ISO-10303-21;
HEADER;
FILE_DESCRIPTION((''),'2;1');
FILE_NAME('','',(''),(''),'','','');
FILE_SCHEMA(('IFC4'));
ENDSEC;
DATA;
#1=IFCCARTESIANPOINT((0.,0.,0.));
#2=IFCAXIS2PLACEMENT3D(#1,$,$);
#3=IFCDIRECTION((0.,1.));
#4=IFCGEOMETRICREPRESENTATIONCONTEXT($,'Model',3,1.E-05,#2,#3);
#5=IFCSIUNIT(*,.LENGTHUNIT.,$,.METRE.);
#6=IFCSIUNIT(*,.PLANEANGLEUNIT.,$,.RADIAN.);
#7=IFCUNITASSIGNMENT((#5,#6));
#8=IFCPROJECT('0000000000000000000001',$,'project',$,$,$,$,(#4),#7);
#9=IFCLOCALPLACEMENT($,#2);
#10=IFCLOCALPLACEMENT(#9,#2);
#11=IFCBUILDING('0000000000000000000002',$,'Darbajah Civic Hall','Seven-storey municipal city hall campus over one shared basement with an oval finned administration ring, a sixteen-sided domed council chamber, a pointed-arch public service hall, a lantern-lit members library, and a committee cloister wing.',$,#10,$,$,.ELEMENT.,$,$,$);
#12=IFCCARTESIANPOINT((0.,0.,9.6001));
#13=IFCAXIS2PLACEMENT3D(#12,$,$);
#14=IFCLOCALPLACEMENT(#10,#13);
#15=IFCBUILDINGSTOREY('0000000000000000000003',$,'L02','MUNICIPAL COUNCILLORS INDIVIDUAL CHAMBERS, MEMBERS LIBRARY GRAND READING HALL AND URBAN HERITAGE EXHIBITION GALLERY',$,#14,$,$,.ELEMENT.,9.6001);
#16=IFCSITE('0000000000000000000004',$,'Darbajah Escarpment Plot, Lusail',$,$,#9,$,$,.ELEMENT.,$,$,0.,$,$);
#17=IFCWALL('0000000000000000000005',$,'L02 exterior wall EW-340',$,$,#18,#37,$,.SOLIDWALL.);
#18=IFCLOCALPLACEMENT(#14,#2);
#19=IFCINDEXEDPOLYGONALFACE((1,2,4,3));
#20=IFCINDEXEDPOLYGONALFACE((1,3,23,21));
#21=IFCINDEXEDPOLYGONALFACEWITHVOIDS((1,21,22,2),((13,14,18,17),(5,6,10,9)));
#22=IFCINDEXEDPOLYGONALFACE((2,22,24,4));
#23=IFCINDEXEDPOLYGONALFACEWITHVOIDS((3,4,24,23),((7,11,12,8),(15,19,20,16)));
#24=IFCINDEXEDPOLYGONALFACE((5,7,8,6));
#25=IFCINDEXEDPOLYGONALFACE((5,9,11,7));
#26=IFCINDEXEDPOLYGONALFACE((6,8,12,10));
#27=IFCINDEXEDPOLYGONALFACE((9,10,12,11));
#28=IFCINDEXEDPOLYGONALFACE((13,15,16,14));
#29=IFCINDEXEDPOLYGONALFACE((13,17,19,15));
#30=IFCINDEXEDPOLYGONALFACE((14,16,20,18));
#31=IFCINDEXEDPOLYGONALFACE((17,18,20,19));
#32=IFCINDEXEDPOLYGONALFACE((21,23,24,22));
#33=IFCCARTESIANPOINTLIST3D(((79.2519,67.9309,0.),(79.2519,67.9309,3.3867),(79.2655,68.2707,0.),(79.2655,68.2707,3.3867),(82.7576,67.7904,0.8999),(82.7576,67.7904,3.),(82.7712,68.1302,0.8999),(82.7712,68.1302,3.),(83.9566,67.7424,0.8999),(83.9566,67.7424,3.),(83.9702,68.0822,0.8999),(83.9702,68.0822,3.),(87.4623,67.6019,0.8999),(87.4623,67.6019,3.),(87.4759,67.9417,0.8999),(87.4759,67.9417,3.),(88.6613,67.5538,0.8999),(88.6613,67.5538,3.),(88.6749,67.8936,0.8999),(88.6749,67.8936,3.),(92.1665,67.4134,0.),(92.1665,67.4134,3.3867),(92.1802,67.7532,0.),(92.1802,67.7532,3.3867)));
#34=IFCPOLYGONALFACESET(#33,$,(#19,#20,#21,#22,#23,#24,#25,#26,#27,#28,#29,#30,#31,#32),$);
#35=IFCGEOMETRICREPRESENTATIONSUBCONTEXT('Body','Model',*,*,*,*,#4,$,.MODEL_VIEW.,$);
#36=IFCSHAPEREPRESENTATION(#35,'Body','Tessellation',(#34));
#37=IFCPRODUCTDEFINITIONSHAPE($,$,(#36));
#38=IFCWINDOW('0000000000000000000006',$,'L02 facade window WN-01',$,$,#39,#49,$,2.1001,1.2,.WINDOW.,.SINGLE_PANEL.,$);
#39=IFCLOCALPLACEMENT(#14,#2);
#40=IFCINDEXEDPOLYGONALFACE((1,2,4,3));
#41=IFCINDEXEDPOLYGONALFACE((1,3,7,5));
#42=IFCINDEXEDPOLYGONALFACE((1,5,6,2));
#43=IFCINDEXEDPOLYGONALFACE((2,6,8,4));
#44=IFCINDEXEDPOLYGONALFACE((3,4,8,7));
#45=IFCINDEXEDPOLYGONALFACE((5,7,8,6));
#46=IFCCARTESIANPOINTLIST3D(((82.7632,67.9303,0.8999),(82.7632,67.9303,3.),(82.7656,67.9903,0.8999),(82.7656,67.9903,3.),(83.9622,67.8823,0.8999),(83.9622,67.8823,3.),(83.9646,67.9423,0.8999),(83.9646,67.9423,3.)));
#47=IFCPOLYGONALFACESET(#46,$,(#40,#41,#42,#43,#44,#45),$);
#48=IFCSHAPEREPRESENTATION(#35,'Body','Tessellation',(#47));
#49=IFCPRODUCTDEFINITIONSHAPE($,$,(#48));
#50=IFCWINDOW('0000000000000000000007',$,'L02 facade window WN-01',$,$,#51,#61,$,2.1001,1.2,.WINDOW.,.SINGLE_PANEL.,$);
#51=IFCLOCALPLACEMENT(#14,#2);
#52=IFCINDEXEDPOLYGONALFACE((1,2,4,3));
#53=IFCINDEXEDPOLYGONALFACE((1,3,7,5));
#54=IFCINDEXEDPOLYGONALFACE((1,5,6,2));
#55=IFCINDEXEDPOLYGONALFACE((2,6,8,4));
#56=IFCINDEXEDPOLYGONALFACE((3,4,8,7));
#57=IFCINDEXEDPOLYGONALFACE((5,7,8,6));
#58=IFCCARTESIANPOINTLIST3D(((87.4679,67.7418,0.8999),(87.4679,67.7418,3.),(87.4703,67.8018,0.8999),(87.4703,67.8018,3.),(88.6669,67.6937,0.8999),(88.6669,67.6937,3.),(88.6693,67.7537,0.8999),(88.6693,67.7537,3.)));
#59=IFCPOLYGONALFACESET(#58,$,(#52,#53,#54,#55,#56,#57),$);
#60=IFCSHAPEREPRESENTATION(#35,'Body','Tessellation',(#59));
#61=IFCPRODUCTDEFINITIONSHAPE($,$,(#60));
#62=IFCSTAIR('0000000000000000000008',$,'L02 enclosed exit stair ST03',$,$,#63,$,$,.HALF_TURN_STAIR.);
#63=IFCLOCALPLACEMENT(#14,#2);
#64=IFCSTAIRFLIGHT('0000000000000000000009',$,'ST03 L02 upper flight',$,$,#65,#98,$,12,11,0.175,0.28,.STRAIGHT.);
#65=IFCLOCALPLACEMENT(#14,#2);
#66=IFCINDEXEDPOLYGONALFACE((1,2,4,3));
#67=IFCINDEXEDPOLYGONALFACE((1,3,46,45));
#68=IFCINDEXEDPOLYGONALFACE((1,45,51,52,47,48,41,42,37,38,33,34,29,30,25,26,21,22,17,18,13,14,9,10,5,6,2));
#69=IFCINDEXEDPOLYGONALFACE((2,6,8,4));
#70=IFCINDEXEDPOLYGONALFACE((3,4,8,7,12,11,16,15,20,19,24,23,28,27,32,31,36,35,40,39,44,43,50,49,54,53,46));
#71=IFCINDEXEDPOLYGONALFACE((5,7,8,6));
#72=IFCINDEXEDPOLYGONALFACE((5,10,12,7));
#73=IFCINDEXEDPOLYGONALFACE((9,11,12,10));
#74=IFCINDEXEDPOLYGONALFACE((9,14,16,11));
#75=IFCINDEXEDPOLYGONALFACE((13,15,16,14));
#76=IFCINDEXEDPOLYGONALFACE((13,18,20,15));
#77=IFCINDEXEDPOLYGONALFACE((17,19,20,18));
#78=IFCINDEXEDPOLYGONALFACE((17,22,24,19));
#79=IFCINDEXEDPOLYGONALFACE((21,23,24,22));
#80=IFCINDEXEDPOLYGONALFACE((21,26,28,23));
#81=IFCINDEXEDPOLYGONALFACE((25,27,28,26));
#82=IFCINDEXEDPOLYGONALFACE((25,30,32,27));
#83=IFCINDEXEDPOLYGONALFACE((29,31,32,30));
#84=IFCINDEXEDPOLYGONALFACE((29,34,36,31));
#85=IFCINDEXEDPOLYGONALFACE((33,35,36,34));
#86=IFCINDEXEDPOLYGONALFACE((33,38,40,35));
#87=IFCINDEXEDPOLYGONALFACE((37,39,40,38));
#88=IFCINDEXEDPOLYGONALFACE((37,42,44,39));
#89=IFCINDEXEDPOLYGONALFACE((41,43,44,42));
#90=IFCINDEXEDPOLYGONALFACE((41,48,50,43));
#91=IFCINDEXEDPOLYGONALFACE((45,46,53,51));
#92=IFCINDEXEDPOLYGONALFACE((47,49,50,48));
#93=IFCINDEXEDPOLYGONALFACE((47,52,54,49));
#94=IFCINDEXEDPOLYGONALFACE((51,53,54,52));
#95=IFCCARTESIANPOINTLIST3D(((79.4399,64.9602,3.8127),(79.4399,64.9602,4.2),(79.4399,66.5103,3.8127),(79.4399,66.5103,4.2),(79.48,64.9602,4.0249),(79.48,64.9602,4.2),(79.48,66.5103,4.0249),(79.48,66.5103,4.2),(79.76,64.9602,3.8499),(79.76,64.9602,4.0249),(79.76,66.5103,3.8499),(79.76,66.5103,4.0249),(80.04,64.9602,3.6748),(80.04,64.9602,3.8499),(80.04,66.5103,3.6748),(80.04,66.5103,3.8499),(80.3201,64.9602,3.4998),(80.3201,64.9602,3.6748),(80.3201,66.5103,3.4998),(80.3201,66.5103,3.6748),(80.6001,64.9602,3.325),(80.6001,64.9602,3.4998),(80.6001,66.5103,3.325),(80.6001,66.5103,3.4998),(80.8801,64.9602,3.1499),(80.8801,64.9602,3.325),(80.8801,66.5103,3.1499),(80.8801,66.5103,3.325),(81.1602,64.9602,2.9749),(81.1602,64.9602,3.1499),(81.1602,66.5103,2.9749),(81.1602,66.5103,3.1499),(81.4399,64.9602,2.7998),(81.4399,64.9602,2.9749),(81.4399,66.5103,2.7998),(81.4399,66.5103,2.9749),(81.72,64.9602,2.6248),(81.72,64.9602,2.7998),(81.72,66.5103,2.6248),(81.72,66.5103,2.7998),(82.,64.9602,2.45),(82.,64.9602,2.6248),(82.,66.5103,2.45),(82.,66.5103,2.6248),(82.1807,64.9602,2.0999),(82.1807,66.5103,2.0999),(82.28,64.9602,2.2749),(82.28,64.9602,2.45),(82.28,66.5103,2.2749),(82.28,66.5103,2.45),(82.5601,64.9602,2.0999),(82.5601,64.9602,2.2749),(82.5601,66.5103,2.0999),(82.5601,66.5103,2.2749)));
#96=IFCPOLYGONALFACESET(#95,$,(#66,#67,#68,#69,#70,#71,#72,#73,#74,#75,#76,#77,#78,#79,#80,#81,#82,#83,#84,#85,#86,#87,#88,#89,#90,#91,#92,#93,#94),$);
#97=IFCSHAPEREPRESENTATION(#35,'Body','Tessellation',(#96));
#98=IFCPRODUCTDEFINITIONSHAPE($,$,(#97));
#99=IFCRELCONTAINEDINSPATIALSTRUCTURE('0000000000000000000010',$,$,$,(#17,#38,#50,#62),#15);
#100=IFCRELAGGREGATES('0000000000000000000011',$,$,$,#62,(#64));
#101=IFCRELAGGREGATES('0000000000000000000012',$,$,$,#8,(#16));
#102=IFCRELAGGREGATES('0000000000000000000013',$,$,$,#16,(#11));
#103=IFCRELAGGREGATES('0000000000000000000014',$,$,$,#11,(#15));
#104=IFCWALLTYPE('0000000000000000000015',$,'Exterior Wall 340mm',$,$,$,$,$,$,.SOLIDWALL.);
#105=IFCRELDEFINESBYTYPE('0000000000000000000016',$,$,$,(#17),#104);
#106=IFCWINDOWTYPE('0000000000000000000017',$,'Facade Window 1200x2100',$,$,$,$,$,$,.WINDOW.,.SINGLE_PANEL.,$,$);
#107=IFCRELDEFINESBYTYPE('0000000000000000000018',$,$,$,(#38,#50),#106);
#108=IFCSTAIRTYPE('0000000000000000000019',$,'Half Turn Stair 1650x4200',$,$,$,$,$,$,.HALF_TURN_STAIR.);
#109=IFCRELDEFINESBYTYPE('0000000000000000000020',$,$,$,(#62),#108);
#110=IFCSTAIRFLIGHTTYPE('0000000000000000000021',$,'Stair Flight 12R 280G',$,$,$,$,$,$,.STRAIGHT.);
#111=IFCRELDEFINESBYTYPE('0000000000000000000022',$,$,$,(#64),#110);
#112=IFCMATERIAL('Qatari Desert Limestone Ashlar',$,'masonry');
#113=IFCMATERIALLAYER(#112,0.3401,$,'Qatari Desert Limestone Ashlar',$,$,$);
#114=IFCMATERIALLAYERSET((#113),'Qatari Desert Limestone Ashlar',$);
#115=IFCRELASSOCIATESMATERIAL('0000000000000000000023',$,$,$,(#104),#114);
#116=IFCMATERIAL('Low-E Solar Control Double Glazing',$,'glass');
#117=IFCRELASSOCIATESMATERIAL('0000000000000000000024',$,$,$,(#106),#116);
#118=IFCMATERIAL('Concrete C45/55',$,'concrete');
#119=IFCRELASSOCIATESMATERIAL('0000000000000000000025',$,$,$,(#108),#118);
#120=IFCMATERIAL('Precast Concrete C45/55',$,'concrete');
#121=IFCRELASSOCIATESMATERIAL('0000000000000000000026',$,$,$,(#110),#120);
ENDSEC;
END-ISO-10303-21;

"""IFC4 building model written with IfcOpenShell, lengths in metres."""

from ifc_helpers import new_model, si_unit, direction, frame, frame_2d, origin, place, context, subcontext, project, spatial, polyline, rectangle, outline, extrude, material, layer, layer_set, type_object, element, fill, aggregate, save


model = new_model("IFC4")

# Units and contexts
model_context = context("Model", 3, precision=1e-05, world=origin(), true_north=direction((0.0, 1.0)))
body_context = subcontext(model_context, "Body", "Model", "MODEL_VIEW")
ifc_project = project(units=[si_unit("LENGTHUNIT", "METRE"), si_unit("PLANEANGLEUNIT", "RADIAN")], contexts=[model_context])

# Site, building, storey
site_placement = place(None, origin())
site = spatial("IfcSite", under=ifc_project, at=site_placement, Name="Darbajah Escarpment Plot, Lusail", CompositionType="ELEMENT", RefElevation=0.0)
building_placement = place(site_placement, origin())
building = spatial("IfcBuilding", under=site, at=building_placement, Name="Darbajah Civic Hall", Description="Seven-storey municipal city hall campus over one shared basement with an oval finned administration ring, a sixteen-sided domed council chamber, a pointed-arch public service hall, a lantern-lit members library, and a committee cloister wing.", CompositionType="ELEMENT")
storey_placement = place(building_placement, frame((0.0, 0.0, 9.6001)))
storey = spatial("IfcBuildingStorey", under=building, at=storey_placement, Name="L02", Description="MUNICIPAL COUNCILLORS INDIVIDUAL CHAMBERS, MEMBERS LIBRARY GRAND READING HALL AND URBAN HERITAGE EXHIBITION GALLERY", CompositionType="ELEMENT", Elevation=9.6001)

# Shared definitions
ifc_material_1 = material(Name="Concrete C45/55", Category="concrete")

# Shared definitions
ifc_material_2 = material(Name="Low-E Solar Control Double Glazing", Category="glass")

# Wall, openings, windows
ifc_material_3 = material(Name="Qatari Desert Limestone Ashlar", Category="masonry")
ifc_layer_1 = layer(ifc_material_3, 0.3401, Name="Qatari Desert Limestone Ashlar")
ifc_layer_set_1 = layer_set([ifc_layer_1], Name="Qatari Desert Limestone Ashlar")
wall_type_1 = type_object("IfcWallType", Name="Exterior Wall 340mm", PredefinedType="SOLIDWALL", material=ifc_layer_set_1)
wall_1_placement = place(storey_placement, frame((79.2588, 68.1008, 0.0), z_axis=(0.0, 0.0, 1.0), x_axis=(0.999198, -0.040044, 0.0)))
wall_1 = element("IfcWall", 1, at=wall_1_placement, inside=storey, type_object=wall_type_1, Name="L02 exterior wall EW-340", PredefinedType="SOLIDWALL", context=body_context, shape_type="SweptSolid", body=[
    extrude(rectangle(XDim=12.925, YDim=0.3401, at=frame_2d((6.4624, 0.0))), origin(), (0.0, 0.0, 1.0), 3.3867),
])
opening_1_placement = place(wall_1_placement, frame((3.5083, 0.0, 0.8999)))
opening_1 = element("IfcOpeningElement", 2, at=opening_1_placement, cuts=wall_1, PredefinedType="OPENING", context=body_context, shape_type="SweptSolid", body=[
    extrude(rectangle(XDim=1.2, YDim=2.1001, at=frame_2d((0.6001, 1.05))), frame((0.0, 0.1799, 0.0), z_axis=(0.0, -1.0, 0.0), x_axis=(1.0, 0.0, 0.0)), (0.0, 0.0, 1.0), 0.3601),
])
opening_2_placement = place(wall_1_placement, frame((8.2168, 0.0, 0.8999)))
opening_2 = element("IfcOpeningElement", 3, at=opening_2_placement, cuts=wall_1, PredefinedType="OPENING", context=body_context, shape_type="SweptSolid", body=[
    extrude(rectangle(XDim=1.2, YDim=2.1001, at=frame_2d((0.6001, 1.05))), frame((0.0, 0.1799, 0.0), z_axis=(0.0, -1.0, 0.0), x_axis=(1.0, 0.0, 0.0)), (0.0, 0.0, 1.0), 0.3601),
])
window_type = type_object("IfcWindowType", Name="Facade Window 1200x2100", PartitioningType="SINGLE_PANEL", PredefinedType="WINDOW", material=ifc_material_2)
window_1_placement = place(opening_1_placement, origin())
window_1 = element("IfcWindow", 4, at=window_1_placement, inside=storey, type_object=window_type, Name="L02 facade window WN-01", OverallHeight=2.1001, OverallWidth=1.2, PartitioningType="SINGLE_PANEL", PredefinedType="WINDOW", context=body_context, shape_type="SweptSolid", body=[
    extrude(rectangle(XDim=1.2, YDim=2.1001, at=frame_2d((0.6001, 1.05))), frame((0.0, 0.03, 0.0), z_axis=(0.0, -1.0, 0.0), x_axis=(1.0, 0.0, 0.0)), (0.0, 0.0, 1.0), 0.0601),
])
fill(opening_1, window_1)
window_2_placement = place(opening_2_placement, origin())
window_2 = element("IfcWindow", 5, at=window_2_placement, inside=storey, type_object=window_type, Name="L02 facade window WN-01", OverallHeight=2.1001, OverallWidth=1.2, PartitioningType="SINGLE_PANEL", PredefinedType="WINDOW", context=body_context, shape_type="SweptSolid", body=[
    extrude(rectangle(XDim=1.2, YDim=2.1001, at=frame_2d((0.6001, 1.05))), frame((0.0, 0.03, 0.0), z_axis=(0.0, -1.0, 0.0), x_axis=(1.0, 0.0, 0.0)), (0.0, 0.0, 1.0), 0.0601),
])
fill(opening_2, window_2)

# Stair, stair flight
stair_type = type_object("IfcStairType", Name="Half Turn Stair 1650x4200", PredefinedType="HALF_TURN_STAIR", material=ifc_material_1)
stair_placement = place(storey_placement, origin())
stair = element("IfcStair", 6, at=stair_placement, inside=storey, type_object=stair_type, Name="L02 enclosed exit stair ST03", PredefinedType="HALF_TURN_STAIR")
ifc_material_4 = material(Name="Precast Concrete C45/55", Category="concrete")
stair_flight_type = type_object("IfcStairFlightType", Name="Stair Flight 12R 280G", PredefinedType="STRAIGHT", material=ifc_material_4)
stair_flight_placement = place(storey_placement, frame((82.5601, 65.7351, 2.0999), z_axis=(0.0, 0.0, 1.0), x_axis=(-1.0, 0.0, 0.0)))
stair_flight = element("IfcStairFlight", 7, at=stair_flight_placement, type_object=stair_flight_type, Name="ST03 L02 upper flight", NumberOfRisers=12, NumberOfTreads=11, PredefinedType="STRAIGHT", RiserHeight=0.175, TreadLength=0.28, context=body_context, shape_type="SweptSolid", body=[
    extrude(outline(polyline([(0.0, 0.0), (0.0, 0.175), (0.28, 0.175), (0.28, 0.3501), (0.5601, 0.3501), (0.5601, 0.5249), (0.8401, 0.5249), (0.8401, 0.7), (1.1201, 0.7), (1.1201, 0.875), (1.3999, 0.875), (1.3999, 1.05), (1.6799, 1.05), (1.6799, 1.2251), (1.96, 1.2251), (1.96, 1.3999), (2.24, 1.3999), (2.24, 1.575), (2.52, 1.575), (2.52, 1.75), (2.8, 1.75), (2.8, 1.925), (3.0801, 1.925), (3.0801, 2.1001), (3.1201, 2.1001), (3.1201, 1.7129), (0.3794, 0.0), (0.0, 0.0)])), frame((0.0, 0.7749, 0.0), z_axis=(0.0, -1.0, 0.0), x_axis=(1.0, 0.0, 0.0)), (0.0, 0.0, 1.0), 1.55),
])
aggregate(stair, [stair_flight])

save(model, "model.ifc")
